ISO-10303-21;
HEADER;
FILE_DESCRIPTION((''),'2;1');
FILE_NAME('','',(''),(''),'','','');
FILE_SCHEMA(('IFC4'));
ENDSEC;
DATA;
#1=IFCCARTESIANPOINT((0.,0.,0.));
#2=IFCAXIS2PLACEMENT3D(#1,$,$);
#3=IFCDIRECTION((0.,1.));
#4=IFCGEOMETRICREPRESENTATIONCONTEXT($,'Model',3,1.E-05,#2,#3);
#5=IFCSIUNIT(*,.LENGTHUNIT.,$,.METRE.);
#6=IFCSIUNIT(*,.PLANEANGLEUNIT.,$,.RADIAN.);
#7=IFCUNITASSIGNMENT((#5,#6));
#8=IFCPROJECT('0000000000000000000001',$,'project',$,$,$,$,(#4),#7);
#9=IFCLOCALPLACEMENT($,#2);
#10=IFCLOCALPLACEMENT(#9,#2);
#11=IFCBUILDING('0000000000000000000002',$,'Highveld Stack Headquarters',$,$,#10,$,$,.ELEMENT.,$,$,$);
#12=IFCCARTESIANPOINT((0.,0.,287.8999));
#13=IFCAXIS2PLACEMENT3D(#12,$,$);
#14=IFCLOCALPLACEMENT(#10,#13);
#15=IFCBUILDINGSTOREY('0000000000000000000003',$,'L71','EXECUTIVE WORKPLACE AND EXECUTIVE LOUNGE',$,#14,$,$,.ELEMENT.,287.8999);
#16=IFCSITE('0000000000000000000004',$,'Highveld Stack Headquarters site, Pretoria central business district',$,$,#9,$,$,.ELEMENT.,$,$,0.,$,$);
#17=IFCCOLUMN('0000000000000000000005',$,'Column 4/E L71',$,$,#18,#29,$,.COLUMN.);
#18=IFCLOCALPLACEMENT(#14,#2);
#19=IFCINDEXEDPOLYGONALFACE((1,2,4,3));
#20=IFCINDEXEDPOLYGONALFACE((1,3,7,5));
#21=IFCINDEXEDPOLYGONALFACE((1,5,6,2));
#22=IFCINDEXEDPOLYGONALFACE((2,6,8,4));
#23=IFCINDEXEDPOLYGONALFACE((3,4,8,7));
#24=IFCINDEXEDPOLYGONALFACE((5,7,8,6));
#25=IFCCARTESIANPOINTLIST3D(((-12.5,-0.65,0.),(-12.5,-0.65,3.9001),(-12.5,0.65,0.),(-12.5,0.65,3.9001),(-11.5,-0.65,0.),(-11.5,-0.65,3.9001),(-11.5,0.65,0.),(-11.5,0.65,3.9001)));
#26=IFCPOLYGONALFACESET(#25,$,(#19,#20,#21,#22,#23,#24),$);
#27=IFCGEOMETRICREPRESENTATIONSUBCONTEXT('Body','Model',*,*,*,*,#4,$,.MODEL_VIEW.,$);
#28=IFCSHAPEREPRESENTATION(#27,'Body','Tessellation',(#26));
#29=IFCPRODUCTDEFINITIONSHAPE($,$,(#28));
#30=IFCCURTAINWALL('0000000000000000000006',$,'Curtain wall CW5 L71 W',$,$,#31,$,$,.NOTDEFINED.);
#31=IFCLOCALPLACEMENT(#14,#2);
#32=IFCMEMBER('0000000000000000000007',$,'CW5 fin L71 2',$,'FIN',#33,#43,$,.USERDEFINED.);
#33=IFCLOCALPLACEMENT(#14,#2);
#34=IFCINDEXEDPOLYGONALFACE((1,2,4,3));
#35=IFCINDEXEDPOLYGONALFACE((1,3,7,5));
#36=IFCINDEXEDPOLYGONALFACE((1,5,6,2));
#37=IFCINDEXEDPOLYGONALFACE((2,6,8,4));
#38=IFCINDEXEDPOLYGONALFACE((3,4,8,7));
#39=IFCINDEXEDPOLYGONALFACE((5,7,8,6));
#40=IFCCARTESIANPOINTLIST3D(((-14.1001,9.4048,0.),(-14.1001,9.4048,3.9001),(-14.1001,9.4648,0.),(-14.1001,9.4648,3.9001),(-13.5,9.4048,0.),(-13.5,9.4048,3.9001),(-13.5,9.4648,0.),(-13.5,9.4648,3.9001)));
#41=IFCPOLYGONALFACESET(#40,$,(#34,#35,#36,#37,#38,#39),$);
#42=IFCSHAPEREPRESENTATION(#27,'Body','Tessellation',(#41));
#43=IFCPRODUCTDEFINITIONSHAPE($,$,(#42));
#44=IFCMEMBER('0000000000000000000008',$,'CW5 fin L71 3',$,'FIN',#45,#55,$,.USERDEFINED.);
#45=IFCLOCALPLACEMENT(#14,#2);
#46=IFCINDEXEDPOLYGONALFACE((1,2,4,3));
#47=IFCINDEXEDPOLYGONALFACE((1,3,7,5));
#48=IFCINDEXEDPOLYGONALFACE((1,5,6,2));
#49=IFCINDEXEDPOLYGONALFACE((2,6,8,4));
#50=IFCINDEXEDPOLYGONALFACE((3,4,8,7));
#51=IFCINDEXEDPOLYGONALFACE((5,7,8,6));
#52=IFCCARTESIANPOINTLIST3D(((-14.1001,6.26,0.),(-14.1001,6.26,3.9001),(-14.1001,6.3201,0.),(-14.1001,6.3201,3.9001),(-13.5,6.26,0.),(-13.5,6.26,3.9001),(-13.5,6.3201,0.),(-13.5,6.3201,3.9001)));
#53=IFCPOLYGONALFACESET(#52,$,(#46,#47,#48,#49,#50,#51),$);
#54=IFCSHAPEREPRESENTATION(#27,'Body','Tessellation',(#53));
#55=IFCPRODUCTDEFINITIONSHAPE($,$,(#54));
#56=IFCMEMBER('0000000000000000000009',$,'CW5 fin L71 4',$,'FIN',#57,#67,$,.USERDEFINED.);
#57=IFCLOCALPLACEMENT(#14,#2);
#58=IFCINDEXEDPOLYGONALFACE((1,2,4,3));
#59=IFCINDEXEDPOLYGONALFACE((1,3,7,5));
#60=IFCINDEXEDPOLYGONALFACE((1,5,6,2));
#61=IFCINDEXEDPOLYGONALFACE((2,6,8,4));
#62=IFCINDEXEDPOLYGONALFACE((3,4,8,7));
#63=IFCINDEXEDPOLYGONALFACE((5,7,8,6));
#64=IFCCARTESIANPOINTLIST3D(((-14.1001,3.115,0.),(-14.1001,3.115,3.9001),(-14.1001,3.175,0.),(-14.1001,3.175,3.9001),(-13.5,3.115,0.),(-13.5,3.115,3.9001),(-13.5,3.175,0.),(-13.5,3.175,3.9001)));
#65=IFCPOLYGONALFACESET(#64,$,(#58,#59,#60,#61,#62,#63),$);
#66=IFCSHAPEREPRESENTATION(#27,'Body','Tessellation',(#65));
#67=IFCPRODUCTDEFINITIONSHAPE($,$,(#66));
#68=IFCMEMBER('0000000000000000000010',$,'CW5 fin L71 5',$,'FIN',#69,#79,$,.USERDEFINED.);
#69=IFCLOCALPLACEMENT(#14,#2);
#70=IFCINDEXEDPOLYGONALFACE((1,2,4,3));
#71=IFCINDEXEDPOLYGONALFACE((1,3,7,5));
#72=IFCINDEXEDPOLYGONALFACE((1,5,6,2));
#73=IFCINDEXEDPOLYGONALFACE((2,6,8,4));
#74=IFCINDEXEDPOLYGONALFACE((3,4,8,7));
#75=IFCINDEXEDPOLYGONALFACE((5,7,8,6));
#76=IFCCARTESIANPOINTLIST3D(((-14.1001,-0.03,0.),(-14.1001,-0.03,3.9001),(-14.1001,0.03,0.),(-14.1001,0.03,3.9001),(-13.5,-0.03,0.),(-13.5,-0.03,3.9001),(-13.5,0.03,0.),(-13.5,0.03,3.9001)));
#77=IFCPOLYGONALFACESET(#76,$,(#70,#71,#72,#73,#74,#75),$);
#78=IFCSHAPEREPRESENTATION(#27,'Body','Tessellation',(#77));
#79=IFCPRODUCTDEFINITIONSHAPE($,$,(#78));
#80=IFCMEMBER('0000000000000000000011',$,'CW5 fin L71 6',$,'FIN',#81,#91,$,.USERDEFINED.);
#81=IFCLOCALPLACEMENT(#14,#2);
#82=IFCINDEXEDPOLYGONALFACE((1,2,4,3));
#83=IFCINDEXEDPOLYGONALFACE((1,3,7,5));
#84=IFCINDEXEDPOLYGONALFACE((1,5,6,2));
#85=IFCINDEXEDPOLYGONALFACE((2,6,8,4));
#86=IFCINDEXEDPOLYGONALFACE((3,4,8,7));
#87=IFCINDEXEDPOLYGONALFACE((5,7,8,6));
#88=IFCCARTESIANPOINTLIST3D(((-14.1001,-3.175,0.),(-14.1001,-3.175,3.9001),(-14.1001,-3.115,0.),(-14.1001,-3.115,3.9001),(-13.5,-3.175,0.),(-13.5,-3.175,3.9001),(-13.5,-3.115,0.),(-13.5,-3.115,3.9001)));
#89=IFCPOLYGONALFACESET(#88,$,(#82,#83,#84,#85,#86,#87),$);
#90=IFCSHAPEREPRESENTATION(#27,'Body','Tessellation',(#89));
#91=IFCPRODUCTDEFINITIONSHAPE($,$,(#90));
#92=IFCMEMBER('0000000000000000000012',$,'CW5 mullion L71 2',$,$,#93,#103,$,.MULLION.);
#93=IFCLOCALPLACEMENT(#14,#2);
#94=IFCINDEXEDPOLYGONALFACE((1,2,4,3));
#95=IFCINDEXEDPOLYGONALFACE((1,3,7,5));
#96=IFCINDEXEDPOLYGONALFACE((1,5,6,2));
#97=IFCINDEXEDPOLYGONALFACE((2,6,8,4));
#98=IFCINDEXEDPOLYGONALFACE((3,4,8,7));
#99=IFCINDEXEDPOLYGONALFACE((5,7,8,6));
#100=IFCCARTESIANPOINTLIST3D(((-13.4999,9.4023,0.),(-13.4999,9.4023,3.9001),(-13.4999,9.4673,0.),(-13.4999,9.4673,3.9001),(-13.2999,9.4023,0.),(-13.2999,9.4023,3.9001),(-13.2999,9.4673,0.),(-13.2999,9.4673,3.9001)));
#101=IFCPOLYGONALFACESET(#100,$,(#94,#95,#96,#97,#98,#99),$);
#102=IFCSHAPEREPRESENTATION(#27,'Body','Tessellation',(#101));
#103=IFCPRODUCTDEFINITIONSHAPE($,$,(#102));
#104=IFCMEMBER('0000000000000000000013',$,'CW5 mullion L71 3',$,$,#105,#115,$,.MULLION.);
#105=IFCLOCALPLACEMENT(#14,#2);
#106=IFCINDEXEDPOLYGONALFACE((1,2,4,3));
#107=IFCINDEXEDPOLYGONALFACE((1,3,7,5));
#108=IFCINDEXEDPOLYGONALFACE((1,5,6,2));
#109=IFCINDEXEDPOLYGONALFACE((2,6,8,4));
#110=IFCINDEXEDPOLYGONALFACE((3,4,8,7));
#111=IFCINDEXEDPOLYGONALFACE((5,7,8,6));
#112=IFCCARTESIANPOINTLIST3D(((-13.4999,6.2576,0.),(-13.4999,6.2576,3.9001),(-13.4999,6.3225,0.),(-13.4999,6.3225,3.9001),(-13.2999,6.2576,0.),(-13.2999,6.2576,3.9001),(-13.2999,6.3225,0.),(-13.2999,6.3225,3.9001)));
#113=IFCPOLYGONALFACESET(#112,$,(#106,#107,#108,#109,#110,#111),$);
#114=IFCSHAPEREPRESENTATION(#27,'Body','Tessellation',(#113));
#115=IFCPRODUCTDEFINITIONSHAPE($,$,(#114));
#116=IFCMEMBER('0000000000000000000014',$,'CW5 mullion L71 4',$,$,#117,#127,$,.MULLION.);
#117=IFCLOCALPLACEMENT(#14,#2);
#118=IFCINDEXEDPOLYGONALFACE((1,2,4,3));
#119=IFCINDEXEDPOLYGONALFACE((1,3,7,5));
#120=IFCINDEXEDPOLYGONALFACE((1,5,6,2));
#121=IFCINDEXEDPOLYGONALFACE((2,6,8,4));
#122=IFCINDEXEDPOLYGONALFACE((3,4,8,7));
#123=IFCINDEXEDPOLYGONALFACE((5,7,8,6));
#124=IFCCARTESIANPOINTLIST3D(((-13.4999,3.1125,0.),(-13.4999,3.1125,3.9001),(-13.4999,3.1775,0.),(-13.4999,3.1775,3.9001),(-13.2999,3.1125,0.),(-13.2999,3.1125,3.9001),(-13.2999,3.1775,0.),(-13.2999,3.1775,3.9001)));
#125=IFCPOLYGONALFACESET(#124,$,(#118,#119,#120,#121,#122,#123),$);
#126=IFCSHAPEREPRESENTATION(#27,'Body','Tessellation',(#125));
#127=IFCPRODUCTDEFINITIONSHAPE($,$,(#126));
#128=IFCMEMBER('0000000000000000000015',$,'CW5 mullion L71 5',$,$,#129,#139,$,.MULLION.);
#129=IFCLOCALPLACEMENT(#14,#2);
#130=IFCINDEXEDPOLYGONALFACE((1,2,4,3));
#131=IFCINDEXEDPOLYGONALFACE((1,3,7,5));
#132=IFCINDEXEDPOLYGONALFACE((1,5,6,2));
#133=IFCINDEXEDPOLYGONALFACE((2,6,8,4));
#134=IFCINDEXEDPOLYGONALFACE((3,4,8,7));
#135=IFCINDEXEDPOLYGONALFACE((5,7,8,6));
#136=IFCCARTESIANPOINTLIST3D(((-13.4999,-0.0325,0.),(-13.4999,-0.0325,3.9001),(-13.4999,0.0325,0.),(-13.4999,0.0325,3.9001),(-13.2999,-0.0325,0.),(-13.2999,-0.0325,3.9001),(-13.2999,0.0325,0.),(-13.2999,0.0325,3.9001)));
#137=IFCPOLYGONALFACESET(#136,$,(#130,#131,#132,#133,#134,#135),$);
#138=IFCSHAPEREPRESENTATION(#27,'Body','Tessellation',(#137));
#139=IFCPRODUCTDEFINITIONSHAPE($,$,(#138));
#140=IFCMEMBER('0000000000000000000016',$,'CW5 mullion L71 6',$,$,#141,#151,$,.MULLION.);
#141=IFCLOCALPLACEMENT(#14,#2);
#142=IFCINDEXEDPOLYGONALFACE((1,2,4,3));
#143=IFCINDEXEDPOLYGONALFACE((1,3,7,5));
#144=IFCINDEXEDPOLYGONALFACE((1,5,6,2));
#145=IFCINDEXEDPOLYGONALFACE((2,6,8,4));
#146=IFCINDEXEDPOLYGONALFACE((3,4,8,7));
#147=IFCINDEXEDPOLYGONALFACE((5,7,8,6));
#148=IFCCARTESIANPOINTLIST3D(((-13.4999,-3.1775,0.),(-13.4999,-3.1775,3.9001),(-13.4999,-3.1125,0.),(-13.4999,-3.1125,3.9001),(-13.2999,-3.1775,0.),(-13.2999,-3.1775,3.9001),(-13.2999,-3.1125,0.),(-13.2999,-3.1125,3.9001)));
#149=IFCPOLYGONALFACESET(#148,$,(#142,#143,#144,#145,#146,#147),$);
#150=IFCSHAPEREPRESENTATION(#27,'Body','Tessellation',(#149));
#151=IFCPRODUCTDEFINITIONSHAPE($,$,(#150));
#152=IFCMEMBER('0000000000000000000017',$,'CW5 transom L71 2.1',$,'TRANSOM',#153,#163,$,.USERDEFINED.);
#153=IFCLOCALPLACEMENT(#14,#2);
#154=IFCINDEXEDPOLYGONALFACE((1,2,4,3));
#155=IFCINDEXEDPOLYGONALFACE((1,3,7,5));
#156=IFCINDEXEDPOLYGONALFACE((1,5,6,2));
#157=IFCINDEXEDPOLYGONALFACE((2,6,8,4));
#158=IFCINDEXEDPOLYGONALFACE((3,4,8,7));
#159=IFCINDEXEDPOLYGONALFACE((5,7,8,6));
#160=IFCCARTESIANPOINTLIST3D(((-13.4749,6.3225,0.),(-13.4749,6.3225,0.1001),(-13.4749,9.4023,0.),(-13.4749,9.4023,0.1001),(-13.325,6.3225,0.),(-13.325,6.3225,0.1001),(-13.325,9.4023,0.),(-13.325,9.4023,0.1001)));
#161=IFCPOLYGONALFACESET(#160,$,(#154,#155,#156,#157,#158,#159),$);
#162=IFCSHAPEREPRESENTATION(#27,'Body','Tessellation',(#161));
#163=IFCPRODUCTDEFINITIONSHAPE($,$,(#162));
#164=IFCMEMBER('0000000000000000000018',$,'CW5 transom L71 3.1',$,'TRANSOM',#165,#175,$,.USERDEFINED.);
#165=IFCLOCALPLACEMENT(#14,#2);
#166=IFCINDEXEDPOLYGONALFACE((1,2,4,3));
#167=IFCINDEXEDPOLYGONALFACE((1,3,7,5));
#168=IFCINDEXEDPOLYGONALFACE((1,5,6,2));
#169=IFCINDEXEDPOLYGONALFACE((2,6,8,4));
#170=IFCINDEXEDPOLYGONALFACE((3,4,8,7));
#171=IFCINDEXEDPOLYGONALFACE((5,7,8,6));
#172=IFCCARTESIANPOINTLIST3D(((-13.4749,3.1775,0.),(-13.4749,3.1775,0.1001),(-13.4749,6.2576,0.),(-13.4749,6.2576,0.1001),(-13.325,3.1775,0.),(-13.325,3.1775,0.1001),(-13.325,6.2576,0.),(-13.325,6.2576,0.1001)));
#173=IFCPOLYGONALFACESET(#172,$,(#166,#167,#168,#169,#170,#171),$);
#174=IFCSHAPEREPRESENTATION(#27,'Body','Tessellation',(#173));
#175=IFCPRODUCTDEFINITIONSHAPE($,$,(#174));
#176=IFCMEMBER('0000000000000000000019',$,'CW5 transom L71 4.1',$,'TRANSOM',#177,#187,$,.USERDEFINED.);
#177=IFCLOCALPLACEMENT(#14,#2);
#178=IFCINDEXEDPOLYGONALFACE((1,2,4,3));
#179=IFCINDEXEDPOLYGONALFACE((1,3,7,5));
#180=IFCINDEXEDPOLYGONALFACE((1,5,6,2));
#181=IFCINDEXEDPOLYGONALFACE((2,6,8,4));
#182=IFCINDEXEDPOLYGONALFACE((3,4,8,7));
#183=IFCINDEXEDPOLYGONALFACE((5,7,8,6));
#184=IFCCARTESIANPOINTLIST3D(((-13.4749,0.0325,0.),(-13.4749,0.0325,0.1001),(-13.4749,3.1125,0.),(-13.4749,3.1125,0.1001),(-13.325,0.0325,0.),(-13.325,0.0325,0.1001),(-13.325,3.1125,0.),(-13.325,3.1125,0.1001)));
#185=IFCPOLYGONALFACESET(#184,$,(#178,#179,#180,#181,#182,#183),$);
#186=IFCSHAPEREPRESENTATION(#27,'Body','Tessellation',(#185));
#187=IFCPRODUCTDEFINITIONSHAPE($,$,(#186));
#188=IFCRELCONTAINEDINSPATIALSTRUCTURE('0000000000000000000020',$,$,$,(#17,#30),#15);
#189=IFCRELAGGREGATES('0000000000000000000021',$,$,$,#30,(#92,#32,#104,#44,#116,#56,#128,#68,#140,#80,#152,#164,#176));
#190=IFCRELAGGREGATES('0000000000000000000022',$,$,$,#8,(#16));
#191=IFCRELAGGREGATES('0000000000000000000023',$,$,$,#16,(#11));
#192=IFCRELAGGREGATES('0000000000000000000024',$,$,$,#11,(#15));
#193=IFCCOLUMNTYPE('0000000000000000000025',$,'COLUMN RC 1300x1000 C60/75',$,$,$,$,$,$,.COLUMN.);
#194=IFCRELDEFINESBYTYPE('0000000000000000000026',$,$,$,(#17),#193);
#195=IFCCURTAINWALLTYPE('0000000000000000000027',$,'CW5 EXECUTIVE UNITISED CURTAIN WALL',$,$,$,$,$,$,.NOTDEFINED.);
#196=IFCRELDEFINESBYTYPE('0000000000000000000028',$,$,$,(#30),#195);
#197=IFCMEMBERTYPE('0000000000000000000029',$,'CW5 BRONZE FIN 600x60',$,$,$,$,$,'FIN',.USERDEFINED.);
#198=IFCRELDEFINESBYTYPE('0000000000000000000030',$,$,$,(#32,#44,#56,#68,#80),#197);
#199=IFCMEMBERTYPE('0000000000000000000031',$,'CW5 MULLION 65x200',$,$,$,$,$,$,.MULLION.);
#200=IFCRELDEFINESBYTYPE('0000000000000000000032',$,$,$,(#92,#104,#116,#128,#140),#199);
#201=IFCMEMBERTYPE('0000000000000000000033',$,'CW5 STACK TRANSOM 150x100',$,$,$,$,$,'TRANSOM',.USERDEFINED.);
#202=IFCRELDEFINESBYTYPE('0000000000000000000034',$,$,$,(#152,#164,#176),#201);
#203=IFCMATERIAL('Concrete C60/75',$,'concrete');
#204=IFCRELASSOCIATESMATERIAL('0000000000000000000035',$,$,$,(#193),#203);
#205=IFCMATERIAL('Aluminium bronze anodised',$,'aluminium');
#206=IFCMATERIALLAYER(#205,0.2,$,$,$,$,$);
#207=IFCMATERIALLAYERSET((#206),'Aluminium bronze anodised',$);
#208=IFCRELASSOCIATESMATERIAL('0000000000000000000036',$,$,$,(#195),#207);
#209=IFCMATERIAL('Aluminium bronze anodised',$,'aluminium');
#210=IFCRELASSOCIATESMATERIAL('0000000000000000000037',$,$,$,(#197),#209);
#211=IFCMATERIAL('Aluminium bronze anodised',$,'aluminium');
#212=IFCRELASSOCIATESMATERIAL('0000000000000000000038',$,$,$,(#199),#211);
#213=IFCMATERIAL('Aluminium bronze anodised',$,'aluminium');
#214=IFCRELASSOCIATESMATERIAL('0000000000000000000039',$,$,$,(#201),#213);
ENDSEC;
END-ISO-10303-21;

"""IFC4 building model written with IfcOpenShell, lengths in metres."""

from ifc_helpers import new_model, si_unit, direction, frame, origin, origin_2d, place, context, subcontext, project, spatial, rectangle, extrude, material, layer, layer_set, material_profile, profile_set, type_object, element, aggregate, save


model = new_model("IFC4")

# Units and contexts
model_context = context("Model", 3, precision=1e-05, world=origin(), true_north=direction((0.0, 1.0)))
body_context = subcontext(model_context, "Body", "Model", "MODEL_VIEW")
ifc_project = project(units=[si_unit("LENGTHUNIT", "METRE"), si_unit("PLANEANGLEUNIT", "RADIAN")], contexts=[model_context])

# Site, building, storey
site_placement = place(None, origin())
site = spatial("IfcSite", under=ifc_project, at=site_placement, Name="Highveld Stack Headquarters site, Pretoria central business district", CompositionType="ELEMENT", RefElevation=0.0)
building_placement = place(site_placement, origin())
building = spatial("IfcBuilding", under=site, at=building_placement, Name="Highveld Stack Headquarters", CompositionType="ELEMENT")
storey_placement = place(building_placement, frame((0.0, 0.0, 287.8999)))
storey = spatial("IfcBuildingStorey", under=building, at=storey_placement, Name="L71", Description="EXECUTIVE WORKPLACE AND EXECUTIVE LOUNGE", CompositionType="ELEMENT", Elevation=287.8999)

# Column
ifc_material_1 = material(Name="Concrete C60/75", Category="concrete")
ifc_material_profile_1 = material_profile(ifc_material_1, rectangle(XDim=1.3, YDim=1.0, at=origin_2d()), Name="RC 1300x1000")
ifc_profile_set_1 = profile_set([ifc_material_profile_1], Name="Concrete C60/75")
column_type = type_object("IfcColumnType", Name="COLUMN RC 1300x1000 C60/75", PredefinedType="COLUMN", material=ifc_profile_set_1)
column_placement = place(storey_placement, frame((-12.0, 0.0, 0.0), z_axis=(0.0, 0.0, 1.0), x_axis=(0.0, 1.0, 0.0)))
element("IfcColumn", 1, at=column_placement, inside=storey, type_object=column_type, Name="Column 4/E L71", PredefinedType="COLUMN", context=body_context, shape_type="SweptSolid", body=[
    extrude(rectangle(XDim=1.3, YDim=1.0, at=origin_2d()), origin(), (0.0, 0.0, 1.0), 3.9001),
])

# Curtain wall, members
ifc_material_2 = material(Name="Aluminium bronze anodised", Category="aluminium")
ifc_layer_1 = layer(ifc_material_2, 0.2)
ifc_layer_set_1 = layer_set([ifc_layer_1], Name="Aluminium bronze anodised")
curtain_wall_type = type_object("IfcCurtainWallType", Name="CW5 EXECUTIVE UNITISED CURTAIN WALL", PredefinedType="NOTDEFINED", material=ifc_layer_set_1)
curtain_wall_placement = place(storey_placement, origin())
curtain_wall = element("IfcCurtainWall", 2, at=curtain_wall_placement, inside=storey, type_object=curtain_wall_type, Name="Curtain wall CW5 L71 W", PredefinedType="NOTDEFINED")
ifc_material_3 = material(Name="Aluminium bronze anodised", Category="aluminium")
ifc_material_profile_2 = material_profile(ifc_material_3, rectangle(XDim=0.6001, YDim=0.0601, at=origin_2d()), Name="FIN 600x60")
ifc_profile_set_2 = profile_set([ifc_material_profile_2], Name="Aluminium bronze anodised")
member_type_1 = type_object("IfcMemberType", Name="CW5 BRONZE FIN 600x60", ElementType="FIN", PredefinedType="USERDEFINED", material=ifc_profile_set_2)
member_1_placement = place(storey_placement, frame((-13.8, 9.4348, 0.0), z_axis=(0.0, 0.0, 1.0), x_axis=(1.0, 0.0, 0.0)))
member_1 = element("IfcMember", 3, at=member_1_placement, type_object=member_type_1, Name="CW5 fin L71 2", ObjectType="FIN", PredefinedType="USERDEFINED", context=body_context, shape_type="SweptSolid", body=[
    extrude(rectangle(XDim=0.6001, YDim=0.0601, at=origin_2d()), origin(), (0.0, 0.0, 1.0), 3.9001),
])
member_2_placement = place(storey_placement, frame((-13.8, 6.29, 0.0), z_axis=(0.0, 0.0, 1.0), x_axis=(1.0, 0.0, 0.0)))
member_2 = element("IfcMember", 4, at=member_2_placement, type_object=member_type_1, Name="CW5 fin L71 3", ObjectType="FIN", PredefinedType="USERDEFINED", context=body_context, shape_type="SweptSolid", body=[
    extrude(rectangle(XDim=0.6001, YDim=0.0601, at=origin_2d()), origin(), (0.0, 0.0, 1.0), 3.9001),
])
member_3_placement = place(storey_placement, frame((-13.8, 3.145, 0.0), z_axis=(0.0, 0.0, 1.0), x_axis=(1.0, 0.0, 0.0)))
member_3 = element("IfcMember", 5, at=member_3_placement, type_object=member_type_1, Name="CW5 fin L71 4", ObjectType="FIN", PredefinedType="USERDEFINED", context=body_context, shape_type="SweptSolid", body=[
    extrude(rectangle(XDim=0.6001, YDim=0.0601, at=origin_2d()), origin(), (0.0, 0.0, 1.0), 3.9001),
])
member_4_placement = place(storey_placement, frame((-13.8, 0.0, 0.0), z_axis=(0.0, 0.0, 1.0), x_axis=(1.0, 0.0, 0.0)))
member_4 = element("IfcMember", 6, at=member_4_placement, type_object=member_type_1, Name="CW5 fin L71 5", ObjectType="FIN", PredefinedType="USERDEFINED", context=body_context, shape_type="SweptSolid", body=[
    extrude(rectangle(XDim=0.6001, YDim=0.0601, at=origin_2d()), origin(), (0.0, 0.0, 1.0), 3.9001),
])
member_5_placement = place(storey_placement, frame((-13.8, -3.145, 0.0), z_axis=(0.0, 0.0, 1.0), x_axis=(1.0, 0.0, 0.0)))
member_5 = element("IfcMember", 7, at=member_5_placement, type_object=member_type_1, Name="CW5 fin L71 6", ObjectType="FIN", PredefinedType="USERDEFINED", context=body_context, shape_type="SweptSolid", body=[
    extrude(rectangle(XDim=0.6001, YDim=0.0601, at=origin_2d()), origin(), (0.0, 0.0, 1.0), 3.9001),
])
ifc_material_4 = material(Name="Aluminium bronze anodised", Category="aluminium")
ifc_material_profile_3 = material_profile(ifc_material_4, rectangle(XDim=0.2, YDim=0.0649, at=origin_2d()), Name="CW5 MULLION 65x200")
ifc_profile_set_3 = profile_set([ifc_material_profile_3], Name="Aluminium bronze anodised")
member_type_2 = type_object("IfcMemberType", Name="CW5 MULLION 65x200", PredefinedType="MULLION", material=ifc_profile_set_3)
member_6_placement = place(storey_placement, frame((-13.3999, 9.4348, 0.0), z_axis=(0.0, 0.0, 1.0), x_axis=(1.0, 0.0, 0.0)))
member_6 = element("IfcMember", 8, at=member_6_placement, type_object=member_type_2, Name="CW5 mullion L71 2", PredefinedType="MULLION", context=body_context, shape_type="SweptSolid", body=[
    extrude(rectangle(XDim=0.2, YDim=0.0649, at=origin_2d()), origin(), (0.0, 0.0, 1.0), 3.9001),
])
member_7_placement = place(storey_placement, frame((-13.3999, 6.29, 0.0), z_axis=(0.0, 0.0, 1.0), x_axis=(1.0, 0.0, 0.0)))
member_7 = element("IfcMember", 9, at=member_7_placement, type_object=member_type_2, Name="CW5 mullion L71 3", PredefinedType="MULLION", context=body_context, shape_type="SweptSolid", body=[
    extrude(rectangle(XDim=0.2, YDim=0.0649, at=origin_2d()), origin(), (0.0, 0.0, 1.0), 3.9001),
])
member_8_placement = place(storey_placement, frame((-13.3999, 3.145, 0.0), z_axis=(0.0, 0.0, 1.0), x_axis=(1.0, 0.0, 0.0)))
member_8 = element("IfcMember", 10, at=member_8_placement, type_object=member_type_2, Name="CW5 mullion L71 4", PredefinedType="MULLION", context=body_context, shape_type="SweptSolid", body=[
    extrude(rectangle(XDim=0.2, YDim=0.0649, at=origin_2d()), origin(), (0.0, 0.0, 1.0), 3.9001),
])
member_9_placement = place(storey_placement, frame((-13.3999, 0.0, 0.0), z_axis=(0.0, 0.0, 1.0), x_axis=(1.0, 0.0, 0.0)))
member_9 = element("IfcMember", 11, at=member_9_placement, type_object=member_type_2, Name="CW5 mullion L71 5", PredefinedType="MULLION", context=body_context, shape_type="SweptSolid", body=[
    extrude(rectangle(XDim=0.2, YDim=0.0649, at=origin_2d()), origin(), (0.0, 0.0, 1.0), 3.9001),
])
member_10_placement = place(storey_placement, frame((-13.3999, -3.145, 0.0), z_axis=(0.0, 0.0, 1.0), x_axis=(1.0, 0.0, 0.0)))
member_10 = element("IfcMember", 12, at=member_10_placement, type_object=member_type_2, Name="CW5 mullion L71 6", PredefinedType="MULLION", context=body_context, shape_type="SweptSolid", body=[
    extrude(rectangle(XDim=0.2, YDim=0.0649, at=origin_2d()), origin(), (0.0, 0.0, 1.0), 3.9001),
])
ifc_material_5 = material(Name="Aluminium bronze anodised", Category="aluminium")
ifc_material_profile_4 = material_profile(ifc_material_5, rectangle(XDim=0.1499, YDim=0.1001, at=origin_2d()), Name="CW5 TRANSOM 150x100")
ifc_profile_set_4 = profile_set([ifc_material_profile_4], Name="Aluminium bronze anodised")
member_type_3 = type_object("IfcMemberType", Name="CW5 STACK TRANSOM 150x100", ElementType="TRANSOM", PredefinedType="USERDEFINED", material=ifc_profile_set_4)
member_11_placement = place(storey_placement, frame((-13.3999, 9.4023, 0.05), z_axis=(0.0, -1.0, 0.0), x_axis=(1.0, 0.0, 0.0)))
member_11 = element("IfcMember", 13, at=member_11_placement, type_object=member_type_3, Name="CW5 transom L71 2.1", ObjectType="TRANSOM", PredefinedType="USERDEFINED", context=body_context, shape_type="SweptSolid", body=[
    extrude(rectangle(XDim=0.1499, YDim=0.1001, at=origin_2d()), origin(), (0.0, 0.0, 1.0), 3.0798),
])
member_12_placement = place(storey_placement, frame((-13.3999, 6.2576, 0.05), z_axis=(0.0, -1.0, 0.0), x_axis=(1.0, 0.0, 0.0)))
member_12 = element("IfcMember", 14, at=member_12_placement, type_object=member_type_3, Name="CW5 transom L71 3.1", ObjectType="TRANSOM", PredefinedType="USERDEFINED", context=body_context, shape_type="SweptSolid", body=[
    extrude(rectangle(XDim=0.1499, YDim=0.1001, at=origin_2d()), origin(), (0.0, 0.0, 1.0), 3.0801),
])
member_13_placement = place(storey_placement, frame((-13.3999, 3.1125, 0.05), z_axis=(0.0, -1.0, 0.0), x_axis=(1.0, 0.0, 0.0)))
member_13 = element("IfcMember", 15, at=member_13_placement, type_object=member_type_3, Name="CW5 transom L71 4.1", ObjectType="TRANSOM", PredefinedType="USERDEFINED", context=body_context, shape_type="SweptSolid", body=[
    extrude(rectangle(XDim=0.1499, YDim=0.1001, at=origin_2d()), origin(), (0.0, 0.0, 1.0), 3.0801),
])
aggregate(curtain_wall, [member_6, member_1, member_7, member_2, member_8, member_3, member_9, member_4, member_10, member_5, member_11, member_12, member_13])

save(model, "model.ifc")
